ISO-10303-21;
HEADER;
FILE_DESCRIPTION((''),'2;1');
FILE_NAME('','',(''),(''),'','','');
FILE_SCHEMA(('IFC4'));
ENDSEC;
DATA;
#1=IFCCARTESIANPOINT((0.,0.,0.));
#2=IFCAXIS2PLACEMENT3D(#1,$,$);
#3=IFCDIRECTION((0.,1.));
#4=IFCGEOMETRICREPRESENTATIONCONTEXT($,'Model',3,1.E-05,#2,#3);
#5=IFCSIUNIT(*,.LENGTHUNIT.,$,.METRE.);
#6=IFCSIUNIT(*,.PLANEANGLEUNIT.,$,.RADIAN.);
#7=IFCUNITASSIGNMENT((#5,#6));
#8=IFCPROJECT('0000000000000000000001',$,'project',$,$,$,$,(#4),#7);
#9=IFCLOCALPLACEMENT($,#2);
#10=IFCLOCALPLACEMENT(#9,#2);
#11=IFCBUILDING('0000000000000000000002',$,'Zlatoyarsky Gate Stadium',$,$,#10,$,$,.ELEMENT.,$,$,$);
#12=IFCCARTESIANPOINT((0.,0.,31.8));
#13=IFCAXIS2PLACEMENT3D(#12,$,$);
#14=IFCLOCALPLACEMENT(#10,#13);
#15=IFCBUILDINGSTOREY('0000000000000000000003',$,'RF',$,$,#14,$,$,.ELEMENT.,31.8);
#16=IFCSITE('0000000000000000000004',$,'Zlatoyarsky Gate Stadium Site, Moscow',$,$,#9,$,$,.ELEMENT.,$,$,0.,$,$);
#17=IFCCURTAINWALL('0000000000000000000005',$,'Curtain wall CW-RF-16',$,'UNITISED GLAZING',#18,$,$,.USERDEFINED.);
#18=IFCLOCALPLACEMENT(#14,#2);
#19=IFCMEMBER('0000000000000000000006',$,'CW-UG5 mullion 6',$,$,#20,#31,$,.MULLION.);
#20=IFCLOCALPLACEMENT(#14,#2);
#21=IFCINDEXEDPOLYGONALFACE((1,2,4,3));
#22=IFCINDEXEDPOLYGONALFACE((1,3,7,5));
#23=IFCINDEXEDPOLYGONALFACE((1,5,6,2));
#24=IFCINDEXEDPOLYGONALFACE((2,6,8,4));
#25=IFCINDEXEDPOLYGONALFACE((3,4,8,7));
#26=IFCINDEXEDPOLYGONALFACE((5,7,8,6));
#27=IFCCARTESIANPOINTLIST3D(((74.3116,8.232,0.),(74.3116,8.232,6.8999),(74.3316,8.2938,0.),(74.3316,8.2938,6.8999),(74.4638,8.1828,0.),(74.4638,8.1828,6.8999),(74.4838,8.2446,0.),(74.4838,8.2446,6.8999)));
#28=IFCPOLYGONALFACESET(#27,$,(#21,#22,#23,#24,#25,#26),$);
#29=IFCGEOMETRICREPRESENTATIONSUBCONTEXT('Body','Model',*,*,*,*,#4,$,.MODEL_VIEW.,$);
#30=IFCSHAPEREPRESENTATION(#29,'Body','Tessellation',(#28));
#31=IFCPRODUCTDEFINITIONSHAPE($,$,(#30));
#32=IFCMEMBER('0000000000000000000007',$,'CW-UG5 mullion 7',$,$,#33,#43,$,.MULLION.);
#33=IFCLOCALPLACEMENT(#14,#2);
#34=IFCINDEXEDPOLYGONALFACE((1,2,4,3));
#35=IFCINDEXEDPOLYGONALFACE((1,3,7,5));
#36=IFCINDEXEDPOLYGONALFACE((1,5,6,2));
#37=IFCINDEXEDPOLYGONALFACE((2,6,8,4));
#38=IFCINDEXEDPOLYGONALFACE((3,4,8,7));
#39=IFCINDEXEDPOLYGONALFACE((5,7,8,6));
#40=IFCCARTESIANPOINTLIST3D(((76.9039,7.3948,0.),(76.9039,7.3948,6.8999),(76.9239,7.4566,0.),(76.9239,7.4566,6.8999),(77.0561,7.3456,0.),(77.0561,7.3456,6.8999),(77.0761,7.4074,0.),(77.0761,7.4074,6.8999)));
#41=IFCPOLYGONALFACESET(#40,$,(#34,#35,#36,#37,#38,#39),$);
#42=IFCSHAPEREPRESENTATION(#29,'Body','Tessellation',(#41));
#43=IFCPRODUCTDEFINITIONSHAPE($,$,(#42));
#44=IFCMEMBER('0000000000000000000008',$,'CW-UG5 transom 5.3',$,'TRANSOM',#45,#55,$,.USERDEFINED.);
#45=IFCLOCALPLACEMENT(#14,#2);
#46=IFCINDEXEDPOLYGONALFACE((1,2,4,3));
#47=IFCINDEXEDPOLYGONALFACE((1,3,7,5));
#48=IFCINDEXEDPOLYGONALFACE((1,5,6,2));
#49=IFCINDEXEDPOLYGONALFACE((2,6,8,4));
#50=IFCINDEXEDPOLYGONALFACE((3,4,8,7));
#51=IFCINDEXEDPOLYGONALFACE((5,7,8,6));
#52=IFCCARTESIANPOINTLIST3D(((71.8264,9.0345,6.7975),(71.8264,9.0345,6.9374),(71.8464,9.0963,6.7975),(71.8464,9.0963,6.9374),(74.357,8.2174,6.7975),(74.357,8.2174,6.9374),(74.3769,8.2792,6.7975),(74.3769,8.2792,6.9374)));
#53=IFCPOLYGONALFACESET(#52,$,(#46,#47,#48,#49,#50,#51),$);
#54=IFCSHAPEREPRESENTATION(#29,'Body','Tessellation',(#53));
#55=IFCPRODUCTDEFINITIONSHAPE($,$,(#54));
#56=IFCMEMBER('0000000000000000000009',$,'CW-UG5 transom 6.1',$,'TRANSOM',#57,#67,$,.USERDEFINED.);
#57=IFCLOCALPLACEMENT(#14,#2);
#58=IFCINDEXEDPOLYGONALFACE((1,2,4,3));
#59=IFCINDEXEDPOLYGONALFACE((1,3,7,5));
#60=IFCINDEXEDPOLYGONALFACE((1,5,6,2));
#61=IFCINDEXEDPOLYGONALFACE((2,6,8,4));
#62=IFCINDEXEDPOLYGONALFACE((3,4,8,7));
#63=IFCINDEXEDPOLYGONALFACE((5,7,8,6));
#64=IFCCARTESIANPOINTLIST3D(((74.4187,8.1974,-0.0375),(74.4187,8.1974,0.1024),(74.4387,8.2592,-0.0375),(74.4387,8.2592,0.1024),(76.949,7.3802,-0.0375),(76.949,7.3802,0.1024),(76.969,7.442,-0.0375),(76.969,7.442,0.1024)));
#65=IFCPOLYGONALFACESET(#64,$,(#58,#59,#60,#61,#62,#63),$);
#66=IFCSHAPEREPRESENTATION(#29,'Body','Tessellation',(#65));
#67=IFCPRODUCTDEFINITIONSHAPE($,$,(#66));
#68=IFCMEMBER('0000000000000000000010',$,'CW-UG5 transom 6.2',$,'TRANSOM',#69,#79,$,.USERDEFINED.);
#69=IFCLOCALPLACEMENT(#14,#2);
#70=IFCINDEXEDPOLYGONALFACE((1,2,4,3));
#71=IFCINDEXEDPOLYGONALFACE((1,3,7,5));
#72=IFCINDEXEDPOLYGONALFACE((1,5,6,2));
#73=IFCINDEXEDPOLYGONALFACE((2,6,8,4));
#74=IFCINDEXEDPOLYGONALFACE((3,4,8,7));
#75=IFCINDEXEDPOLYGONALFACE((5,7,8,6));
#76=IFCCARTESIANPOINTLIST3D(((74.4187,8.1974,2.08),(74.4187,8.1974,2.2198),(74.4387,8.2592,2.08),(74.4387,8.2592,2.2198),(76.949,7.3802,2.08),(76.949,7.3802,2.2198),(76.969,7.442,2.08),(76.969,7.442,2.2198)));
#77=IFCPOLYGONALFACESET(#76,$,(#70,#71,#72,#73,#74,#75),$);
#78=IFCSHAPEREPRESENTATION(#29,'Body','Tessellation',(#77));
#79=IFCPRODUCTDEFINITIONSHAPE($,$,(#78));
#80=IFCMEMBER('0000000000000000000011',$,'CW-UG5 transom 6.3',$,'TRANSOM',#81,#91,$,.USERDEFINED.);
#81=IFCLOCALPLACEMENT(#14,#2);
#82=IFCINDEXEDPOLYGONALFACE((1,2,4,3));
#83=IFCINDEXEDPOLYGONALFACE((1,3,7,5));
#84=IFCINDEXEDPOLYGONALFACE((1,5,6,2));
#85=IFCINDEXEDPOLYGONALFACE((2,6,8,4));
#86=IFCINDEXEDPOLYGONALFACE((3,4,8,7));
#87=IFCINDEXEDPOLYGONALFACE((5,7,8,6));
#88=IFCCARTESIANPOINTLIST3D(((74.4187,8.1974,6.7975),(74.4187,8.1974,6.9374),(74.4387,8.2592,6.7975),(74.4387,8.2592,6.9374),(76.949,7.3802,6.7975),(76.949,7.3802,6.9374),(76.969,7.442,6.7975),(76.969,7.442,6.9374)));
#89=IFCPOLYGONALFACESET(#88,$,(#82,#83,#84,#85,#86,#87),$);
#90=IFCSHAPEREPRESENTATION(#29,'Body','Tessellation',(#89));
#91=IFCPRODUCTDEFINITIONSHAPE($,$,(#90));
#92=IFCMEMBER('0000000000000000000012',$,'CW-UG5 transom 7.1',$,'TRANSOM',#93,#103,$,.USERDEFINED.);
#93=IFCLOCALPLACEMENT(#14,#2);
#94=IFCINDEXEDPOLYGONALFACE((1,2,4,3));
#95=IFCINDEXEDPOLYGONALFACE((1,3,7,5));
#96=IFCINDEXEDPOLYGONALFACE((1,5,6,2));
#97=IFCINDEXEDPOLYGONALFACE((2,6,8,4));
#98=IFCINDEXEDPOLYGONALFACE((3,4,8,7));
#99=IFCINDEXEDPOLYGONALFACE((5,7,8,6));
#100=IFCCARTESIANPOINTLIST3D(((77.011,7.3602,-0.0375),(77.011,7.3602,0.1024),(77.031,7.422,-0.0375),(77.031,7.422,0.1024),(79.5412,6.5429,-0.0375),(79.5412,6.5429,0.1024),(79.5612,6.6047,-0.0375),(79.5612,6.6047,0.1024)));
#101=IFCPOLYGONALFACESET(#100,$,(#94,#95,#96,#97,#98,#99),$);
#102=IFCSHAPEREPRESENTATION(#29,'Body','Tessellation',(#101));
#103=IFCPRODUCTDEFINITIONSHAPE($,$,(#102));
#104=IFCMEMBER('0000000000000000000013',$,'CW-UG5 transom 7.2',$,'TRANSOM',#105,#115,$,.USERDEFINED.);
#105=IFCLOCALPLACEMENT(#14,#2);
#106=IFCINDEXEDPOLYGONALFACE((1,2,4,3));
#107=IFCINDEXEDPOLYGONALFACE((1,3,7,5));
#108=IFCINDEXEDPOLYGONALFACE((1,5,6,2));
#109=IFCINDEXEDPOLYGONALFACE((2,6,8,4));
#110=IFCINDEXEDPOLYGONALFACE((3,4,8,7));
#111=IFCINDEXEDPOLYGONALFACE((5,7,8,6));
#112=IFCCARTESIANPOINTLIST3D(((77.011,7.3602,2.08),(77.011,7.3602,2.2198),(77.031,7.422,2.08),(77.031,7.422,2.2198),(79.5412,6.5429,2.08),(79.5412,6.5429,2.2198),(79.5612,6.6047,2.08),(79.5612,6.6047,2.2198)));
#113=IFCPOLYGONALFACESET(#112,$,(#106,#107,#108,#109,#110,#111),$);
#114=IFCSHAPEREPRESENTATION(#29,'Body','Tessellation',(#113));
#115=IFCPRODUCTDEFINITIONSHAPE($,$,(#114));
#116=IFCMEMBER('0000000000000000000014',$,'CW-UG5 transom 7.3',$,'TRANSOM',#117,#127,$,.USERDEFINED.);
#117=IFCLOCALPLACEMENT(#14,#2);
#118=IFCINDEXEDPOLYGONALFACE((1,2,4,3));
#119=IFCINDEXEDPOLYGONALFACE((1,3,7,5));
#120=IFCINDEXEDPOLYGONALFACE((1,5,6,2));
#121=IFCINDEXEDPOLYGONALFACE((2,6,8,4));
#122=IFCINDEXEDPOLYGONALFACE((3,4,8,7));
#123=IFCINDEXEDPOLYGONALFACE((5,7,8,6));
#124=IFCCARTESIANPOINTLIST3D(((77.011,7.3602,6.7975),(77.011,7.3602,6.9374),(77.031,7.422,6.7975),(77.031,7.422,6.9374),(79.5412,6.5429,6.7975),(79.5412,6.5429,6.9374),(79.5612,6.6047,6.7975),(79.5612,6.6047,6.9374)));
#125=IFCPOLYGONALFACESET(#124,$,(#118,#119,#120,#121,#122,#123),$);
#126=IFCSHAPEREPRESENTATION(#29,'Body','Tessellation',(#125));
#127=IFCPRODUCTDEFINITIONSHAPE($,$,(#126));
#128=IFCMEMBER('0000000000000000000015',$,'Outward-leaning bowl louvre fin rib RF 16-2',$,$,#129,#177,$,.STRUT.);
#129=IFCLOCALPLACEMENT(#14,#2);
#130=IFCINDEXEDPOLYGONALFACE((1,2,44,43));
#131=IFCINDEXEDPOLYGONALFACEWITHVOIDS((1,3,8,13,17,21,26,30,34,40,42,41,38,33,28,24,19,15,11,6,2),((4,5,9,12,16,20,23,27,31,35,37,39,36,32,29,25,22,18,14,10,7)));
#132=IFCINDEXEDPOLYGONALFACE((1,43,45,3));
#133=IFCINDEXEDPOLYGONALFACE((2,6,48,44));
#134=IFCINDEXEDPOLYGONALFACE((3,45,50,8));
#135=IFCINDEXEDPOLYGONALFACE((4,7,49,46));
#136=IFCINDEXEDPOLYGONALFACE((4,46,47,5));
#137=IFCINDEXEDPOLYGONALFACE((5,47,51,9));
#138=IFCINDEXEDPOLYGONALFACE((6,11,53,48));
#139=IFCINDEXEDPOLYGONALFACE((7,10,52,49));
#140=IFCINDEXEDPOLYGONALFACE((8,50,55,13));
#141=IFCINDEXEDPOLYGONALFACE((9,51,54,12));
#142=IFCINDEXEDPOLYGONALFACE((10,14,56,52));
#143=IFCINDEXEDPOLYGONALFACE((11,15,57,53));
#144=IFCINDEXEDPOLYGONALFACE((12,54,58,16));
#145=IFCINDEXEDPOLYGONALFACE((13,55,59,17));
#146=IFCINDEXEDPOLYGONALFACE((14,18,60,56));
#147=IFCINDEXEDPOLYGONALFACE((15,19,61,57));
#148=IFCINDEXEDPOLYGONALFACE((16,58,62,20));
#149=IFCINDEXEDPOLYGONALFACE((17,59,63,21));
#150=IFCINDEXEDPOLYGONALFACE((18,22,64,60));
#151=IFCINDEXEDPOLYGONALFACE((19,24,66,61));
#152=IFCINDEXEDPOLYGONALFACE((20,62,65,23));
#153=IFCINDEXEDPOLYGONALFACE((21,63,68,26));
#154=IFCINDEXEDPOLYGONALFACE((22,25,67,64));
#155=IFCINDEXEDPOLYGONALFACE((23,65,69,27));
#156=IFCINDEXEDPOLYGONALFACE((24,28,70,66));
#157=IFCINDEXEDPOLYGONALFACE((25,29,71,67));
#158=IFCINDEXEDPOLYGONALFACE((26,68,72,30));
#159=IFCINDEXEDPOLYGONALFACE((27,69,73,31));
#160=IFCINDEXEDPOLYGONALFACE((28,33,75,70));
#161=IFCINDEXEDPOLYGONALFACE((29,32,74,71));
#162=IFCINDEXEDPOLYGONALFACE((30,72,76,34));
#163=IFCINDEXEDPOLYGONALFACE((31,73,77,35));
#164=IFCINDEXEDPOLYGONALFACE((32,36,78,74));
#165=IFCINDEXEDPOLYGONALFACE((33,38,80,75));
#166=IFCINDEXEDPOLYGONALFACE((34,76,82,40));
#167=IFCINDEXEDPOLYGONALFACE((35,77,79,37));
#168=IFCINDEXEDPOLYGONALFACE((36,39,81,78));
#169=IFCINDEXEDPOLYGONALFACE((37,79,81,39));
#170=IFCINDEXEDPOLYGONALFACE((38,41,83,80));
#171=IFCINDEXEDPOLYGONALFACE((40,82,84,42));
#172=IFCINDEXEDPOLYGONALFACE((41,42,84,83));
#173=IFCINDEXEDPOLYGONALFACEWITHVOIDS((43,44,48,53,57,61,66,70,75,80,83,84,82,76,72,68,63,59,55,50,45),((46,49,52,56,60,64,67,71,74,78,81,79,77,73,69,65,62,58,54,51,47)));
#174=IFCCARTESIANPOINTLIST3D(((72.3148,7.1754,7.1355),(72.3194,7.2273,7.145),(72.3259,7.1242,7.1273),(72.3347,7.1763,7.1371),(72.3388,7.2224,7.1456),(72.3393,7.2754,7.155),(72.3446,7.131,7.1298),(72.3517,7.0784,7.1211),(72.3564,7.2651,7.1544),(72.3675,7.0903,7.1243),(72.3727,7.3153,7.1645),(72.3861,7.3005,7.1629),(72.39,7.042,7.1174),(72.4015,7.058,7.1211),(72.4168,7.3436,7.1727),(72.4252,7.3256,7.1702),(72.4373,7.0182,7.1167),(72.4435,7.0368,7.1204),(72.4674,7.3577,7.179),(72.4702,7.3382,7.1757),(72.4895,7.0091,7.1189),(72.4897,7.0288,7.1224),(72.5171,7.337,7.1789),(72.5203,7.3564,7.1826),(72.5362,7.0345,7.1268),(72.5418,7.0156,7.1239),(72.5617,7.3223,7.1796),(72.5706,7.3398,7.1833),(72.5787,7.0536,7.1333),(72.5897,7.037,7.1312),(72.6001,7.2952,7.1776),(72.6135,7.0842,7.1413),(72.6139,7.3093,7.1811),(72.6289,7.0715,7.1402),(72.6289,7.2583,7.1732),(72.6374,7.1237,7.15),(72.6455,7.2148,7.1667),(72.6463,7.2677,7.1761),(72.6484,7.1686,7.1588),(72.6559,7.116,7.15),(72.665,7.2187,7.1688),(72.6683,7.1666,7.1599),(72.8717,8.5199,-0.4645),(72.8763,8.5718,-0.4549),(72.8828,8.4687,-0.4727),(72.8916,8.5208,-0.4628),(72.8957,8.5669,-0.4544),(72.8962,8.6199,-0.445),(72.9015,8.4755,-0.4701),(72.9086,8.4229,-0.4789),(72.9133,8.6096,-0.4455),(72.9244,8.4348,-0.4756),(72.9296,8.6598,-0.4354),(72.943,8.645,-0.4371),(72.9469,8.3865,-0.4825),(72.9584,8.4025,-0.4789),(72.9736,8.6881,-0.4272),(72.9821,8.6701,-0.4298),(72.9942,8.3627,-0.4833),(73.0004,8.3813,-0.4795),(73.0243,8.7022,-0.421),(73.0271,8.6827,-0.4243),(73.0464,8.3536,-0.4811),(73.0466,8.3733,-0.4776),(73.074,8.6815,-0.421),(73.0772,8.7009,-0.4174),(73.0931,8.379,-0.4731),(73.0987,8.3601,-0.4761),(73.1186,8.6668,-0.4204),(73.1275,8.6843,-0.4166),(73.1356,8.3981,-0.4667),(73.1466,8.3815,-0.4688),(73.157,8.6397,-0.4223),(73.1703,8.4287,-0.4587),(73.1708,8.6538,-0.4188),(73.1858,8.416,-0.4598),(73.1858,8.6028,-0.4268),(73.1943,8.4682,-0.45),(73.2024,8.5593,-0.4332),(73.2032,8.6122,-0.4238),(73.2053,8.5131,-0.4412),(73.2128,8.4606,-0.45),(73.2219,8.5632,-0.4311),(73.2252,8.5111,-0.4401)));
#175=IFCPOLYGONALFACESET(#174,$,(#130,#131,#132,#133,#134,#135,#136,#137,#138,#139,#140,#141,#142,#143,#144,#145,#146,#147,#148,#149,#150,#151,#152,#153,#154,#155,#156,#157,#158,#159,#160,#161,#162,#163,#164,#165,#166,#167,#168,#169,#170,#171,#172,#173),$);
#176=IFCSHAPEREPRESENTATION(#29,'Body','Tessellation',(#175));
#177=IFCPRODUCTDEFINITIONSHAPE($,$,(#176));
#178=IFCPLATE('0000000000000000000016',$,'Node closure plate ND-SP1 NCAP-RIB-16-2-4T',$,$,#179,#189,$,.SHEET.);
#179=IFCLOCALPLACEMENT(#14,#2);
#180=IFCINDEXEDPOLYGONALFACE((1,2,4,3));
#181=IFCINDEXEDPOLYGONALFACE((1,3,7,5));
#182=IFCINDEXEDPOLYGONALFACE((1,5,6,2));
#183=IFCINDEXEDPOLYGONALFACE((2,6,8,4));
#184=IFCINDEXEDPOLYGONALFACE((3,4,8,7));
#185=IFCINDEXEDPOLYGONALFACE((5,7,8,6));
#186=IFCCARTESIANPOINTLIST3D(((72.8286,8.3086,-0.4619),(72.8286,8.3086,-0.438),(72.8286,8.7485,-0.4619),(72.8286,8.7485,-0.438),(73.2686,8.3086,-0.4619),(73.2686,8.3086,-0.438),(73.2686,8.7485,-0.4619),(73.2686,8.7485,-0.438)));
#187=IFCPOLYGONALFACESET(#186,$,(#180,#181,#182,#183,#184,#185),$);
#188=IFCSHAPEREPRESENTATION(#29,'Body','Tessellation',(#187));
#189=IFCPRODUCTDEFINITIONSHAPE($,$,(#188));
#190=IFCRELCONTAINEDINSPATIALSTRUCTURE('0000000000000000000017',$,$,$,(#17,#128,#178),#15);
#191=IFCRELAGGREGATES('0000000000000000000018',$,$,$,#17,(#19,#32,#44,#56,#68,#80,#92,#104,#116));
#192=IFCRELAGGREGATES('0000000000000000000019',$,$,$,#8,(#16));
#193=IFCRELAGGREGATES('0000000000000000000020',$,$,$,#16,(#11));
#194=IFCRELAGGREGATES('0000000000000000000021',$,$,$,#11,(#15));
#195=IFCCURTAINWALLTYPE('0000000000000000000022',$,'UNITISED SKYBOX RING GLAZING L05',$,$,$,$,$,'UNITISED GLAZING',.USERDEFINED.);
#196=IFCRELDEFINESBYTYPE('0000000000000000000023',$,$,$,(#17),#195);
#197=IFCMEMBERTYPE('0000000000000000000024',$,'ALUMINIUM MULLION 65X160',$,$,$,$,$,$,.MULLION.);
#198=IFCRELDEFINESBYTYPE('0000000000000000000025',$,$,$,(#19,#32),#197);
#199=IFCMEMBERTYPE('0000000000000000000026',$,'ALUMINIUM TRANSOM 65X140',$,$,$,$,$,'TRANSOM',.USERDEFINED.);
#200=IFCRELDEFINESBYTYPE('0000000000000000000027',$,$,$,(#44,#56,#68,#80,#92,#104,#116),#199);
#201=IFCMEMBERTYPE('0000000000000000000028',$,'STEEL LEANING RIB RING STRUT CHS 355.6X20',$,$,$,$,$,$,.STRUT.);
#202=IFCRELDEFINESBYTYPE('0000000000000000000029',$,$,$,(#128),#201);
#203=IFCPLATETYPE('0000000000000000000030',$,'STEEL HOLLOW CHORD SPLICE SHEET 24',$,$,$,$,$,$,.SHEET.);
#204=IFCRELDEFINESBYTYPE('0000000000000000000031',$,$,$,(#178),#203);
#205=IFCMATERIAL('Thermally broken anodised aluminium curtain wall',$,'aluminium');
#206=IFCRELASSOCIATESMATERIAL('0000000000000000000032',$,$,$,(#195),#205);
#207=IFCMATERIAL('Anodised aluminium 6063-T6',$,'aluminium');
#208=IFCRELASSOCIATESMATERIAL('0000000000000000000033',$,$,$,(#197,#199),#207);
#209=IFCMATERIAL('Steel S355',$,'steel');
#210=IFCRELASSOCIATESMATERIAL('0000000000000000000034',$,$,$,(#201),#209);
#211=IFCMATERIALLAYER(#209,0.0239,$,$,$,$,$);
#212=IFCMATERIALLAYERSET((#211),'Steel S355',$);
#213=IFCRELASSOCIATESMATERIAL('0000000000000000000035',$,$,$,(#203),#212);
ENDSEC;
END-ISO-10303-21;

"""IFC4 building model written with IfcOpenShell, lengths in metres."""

from ifc_helpers import new_model, si_unit, direction, frame, origin, origin_2d, place, context, subcontext, project, spatial, rectangle, hollow_circle, extrude, material, layer, layer_set, material_profile, profile_set, type_object, element, aggregate, save


model = new_model("IFC4")

# Units and contexts
model_context = context("Model", 3, precision=1e-05, world=origin(), true_north=direction((0.0, 1.0)))
body_context = subcontext(model_context, "Body", "Model", "MODEL_VIEW")
ifc_project = project(units=[si_unit("LENGTHUNIT", "METRE"), si_unit("PLANEANGLEUNIT", "RADIAN")], contexts=[model_context])

# Site, building, storey
site_placement = place(None, origin())
site = spatial("IfcSite", under=ifc_project, at=site_placement, Name="Zlatoyarsky Gate Stadium Site, Moscow", CompositionType="ELEMENT", RefElevation=0.0)
building_placement = place(site_placement, origin())
building = spatial("IfcBuilding", under=site, at=building_placement, Name="Zlatoyarsky Gate Stadium", CompositionType="ELEMENT")
storey_placement = place(building_placement, frame((0.0, 0.0, 31.8)))
storey = spatial("IfcBuildingStorey", under=building, at=storey_placement, Name="RF", CompositionType="ELEMENT", Elevation=31.8)

# Curtain wall, members
ifc_material_1 = material(Name="Thermally broken anodised aluminium curtain wall", Category="aluminium")
curtain_wall_type = type_object("IfcCurtainWallType", Name="UNITISED SKYBOX RING GLAZING L05", ElementType="UNITISED GLAZING", PredefinedType="USERDEFINED", material=ifc_material_1)
curtain_wall_placement = place(storey_placement, origin())
curtain_wall = element("IfcCurtainWall", 1, at=curtain_wall_placement, inside=storey, type_object=curtain_wall_type, Name="Curtain wall CW-RF-16", ObjectType="UNITISED GLAZING", PredefinedType="USERDEFINED")
ifc_material_2 = material(Name="Anodised aluminium 6063-T6", Category="aluminium")
ifc_material_profile_1 = material_profile(ifc_material_2, rectangle(XDim=0.0649, YDim=0.1599, at=origin_2d()), Name="ALU 65X160")
ifc_profile_set_1 = profile_set([ifc_material_profile_1], Name="Anodised aluminium 6063-T6")
member_type_1 = type_object("IfcMemberType", Name="ALUMINIUM MULLION 65X160", PredefinedType="MULLION", material=ifc_profile_set_1)
member_1_placement = place(storey_placement, frame((74.3977, 8.2383, 0.0), z_axis=(0.0, 0.0, 1.0), x_axis=(0.307352, 0.951596, 0.0)))
member_1 = element("IfcMember", 2, at=member_1_placement, type_object=member_type_1, Name="CW-UG5 mullion 6", PredefinedType="MULLION", context=body_context, shape_type="SweptSolid", body=[
    extrude(rectangle(XDim=0.0649, YDim=0.1599, at=origin_2d()), origin(), (0.0, 0.0, 1.0), 6.8999),
])
member_2_placement = place(storey_placement, frame((76.99, 7.4011, 0.0), z_axis=(0.0, 0.0, 1.0), x_axis=(0.307352, 0.951596, 0.0)))
member_2 = element("IfcMember", 3, at=member_2_placement, type_object=member_type_1, Name="CW-UG5 mullion 7", PredefinedType="MULLION", context=body_context, shape_type="SweptSolid", body=[
    extrude(rectangle(XDim=0.0649, YDim=0.1599, at=origin_2d()), origin(), (0.0, 0.0, 1.0), 6.8999),
])
ifc_material_profile_2 = material_profile(ifc_material_2, rectangle(XDim=0.0649, YDim=0.1399, at=origin_2d()), Name="ALU 65X140")
ifc_profile_set_2 = profile_set([ifc_material_profile_2], Name="Anodised aluminium 6063-T6")
member_type_2 = type_object("IfcMemberType", Name="ALUMINIUM TRANSOM 65X140", ElementType="TRANSOM", PredefinedType="USERDEFINED", material=ifc_profile_set_2)
member_3_placement = place(storey_placement, frame((71.8364, 9.0654, 6.8674), z_axis=(0.951616, -0.30729, 0.0), x_axis=(0.30729, 0.951616, 0.0)))
member_3 = element("IfcMember", 4, at=member_3_placement, type_object=member_type_2, Name="CW-UG5 transom 5.3", ObjectType="TRANSOM", PredefinedType="USERDEFINED", context=body_context, shape_type="SweptSolid", body=[
    extrude(rectangle(XDim=0.0649, YDim=0.1399, at=origin_2d()), origin(), (0.0, 0.0, 1.0), 2.6592),
])
member_4_placement = place(storey_placement, frame((74.4287, 8.2283, 0.0325), z_axis=(0.951607, -0.307317, 0.0), x_axis=(0.307317, 0.951607, 0.0)))
member_4 = element("IfcMember", 5, at=member_4_placement, type_object=member_type_2, Name="CW-UG5 transom 6.1", ObjectType="TRANSOM", PredefinedType="USERDEFINED", context=body_context, shape_type="SweptSolid", body=[
    extrude(rectangle(XDim=0.0649, YDim=0.1399, at=origin_2d()), origin(), (0.0, 0.0, 1.0), 2.6589),
])
member_5_placement = place(storey_placement, frame((74.4287, 8.2283, 2.1499), z_axis=(0.951607, -0.307317, 0.0), x_axis=(0.307317, 0.951607, 0.0)))
member_5 = element("IfcMember", 6, at=member_5_placement, type_object=member_type_2, Name="CW-UG5 transom 6.2", ObjectType="TRANSOM", PredefinedType="USERDEFINED", context=body_context, shape_type="SweptSolid", body=[
    extrude(rectangle(XDim=0.0649, YDim=0.1399, at=origin_2d()), origin(), (0.0, 0.0, 1.0), 2.6589),
])
member_6_placement = place(storey_placement, frame((74.4287, 8.2283, 6.8674), z_axis=(0.951607, -0.307317, 0.0), x_axis=(0.307317, 0.951607, 0.0)))
member_6 = element("IfcMember", 7, at=member_6_placement, type_object=member_type_2, Name="CW-UG5 transom 6.3", ObjectType="TRANSOM", PredefinedType="USERDEFINED", context=body_context, shape_type="SweptSolid", body=[
    extrude(rectangle(XDim=0.0649, YDim=0.1399, at=origin_2d()), origin(), (0.0, 0.0, 1.0), 2.6589),
])
member_7_placement = place(storey_placement, frame((77.021, 7.3911, 0.0325), z_axis=(0.95158, -0.3074, 0.0), x_axis=(0.3074, 0.95158, 0.0)))
member_7 = element("IfcMember", 8, at=member_7_placement, type_object=member_type_2, Name="CW-UG5 transom 7.1", ObjectType="TRANSOM", PredefinedType="USERDEFINED", context=body_context, shape_type="SweptSolid", body=[
    extrude(rectangle(XDim=0.0649, YDim=0.1399, at=origin_2d()), origin(), (0.0, 0.0, 1.0), 2.6589),
])
member_8_placement = place(storey_placement, frame((77.021, 7.3911, 2.1499), z_axis=(0.95158, -0.3074, 0.0), x_axis=(0.3074, 0.95158, 0.0)))
member_8 = element("IfcMember", 9, at=member_8_placement, type_object=member_type_2, Name="CW-UG5 transom 7.2", ObjectType="TRANSOM", PredefinedType="USERDEFINED", context=body_context, shape_type="SweptSolid", body=[
    extrude(rectangle(XDim=0.0649, YDim=0.1399, at=origin_2d()), origin(), (0.0, 0.0, 1.0), 2.6589),
])
member_9_placement = place(storey_placement, frame((77.021, 7.3911, 6.8674), z_axis=(0.95158, -0.3074, 0.0), x_axis=(0.3074, 0.95158, 0.0)))
member_9 = element("IfcMember", 10, at=member_9_placement, type_object=member_type_2, Name="CW-UG5 transom 7.3", ObjectType="TRANSOM", PredefinedType="USERDEFINED", context=body_context, shape_type="SweptSolid", body=[
    extrude(rectangle(XDim=0.0649, YDim=0.1399, at=origin_2d()), origin(), (0.0, 0.0, 1.0), 2.6589),
])

# Member
ifc_material_3 = material(Name="Steel S355", Category="steel")
ifc_material_profile_3 = material_profile(ifc_material_3, hollow_circle(Radius=0.1777, WallThickness=0.02, at=origin_2d()), Name="CHS 355.6X20")
ifc_profile_set_3 = profile_set([ifc_material_profile_3], Name="Steel S355")
member_type_3 = type_object("IfcMemberType", Name="STEEL LEANING RIB RING STRUT CHS 355.6X20", PredefinedType="STRUT", material=ifc_profile_set_3)
member_10_placement = place(storey_placement, frame((73.0486, 8.5286, -0.45), z_axis=(-0.071968, -0.173752, 0.982156), x_axis=(0.923884, -0.382673, 0.0)))
element("IfcMember", 11, at=member_10_placement, inside=storey, type_object=member_type_3, Name="Outward-leaning bowl louvre fin rib RF 16-2", PredefinedType="STRUT", context=body_context, shape_type="SweptSolid", body=[
    extrude(hollow_circle(Radius=0.1777, WallThickness=0.02, at=origin_2d()), origin(), (0.0, 0.0, 1.0), 7.738),
])

# Plate
ifc_layer_1 = layer(ifc_material_3, 0.0239)
ifc_layer_set_1 = layer_set([ifc_layer_1], Name="Steel S355")
plate_type_1 = type_object("IfcPlateType", Name="STEEL HOLLOW CHORD SPLICE SHEET 24", PredefinedType="SHEET", material=ifc_layer_set_1)
for number, where, z_axis, x_axis, name in (
    (12, (73.0486, 8.5286, -0.4619), (0.0, 0.0, 1.0), (1.0, 0.0, 0.0), "Node closure plate ND-SP1 NCAP-RIB-16-2-4T"),
):
    element("IfcPlate", number, at=place(storey_placement, frame(where, z_axis=z_axis, x_axis=x_axis)), inside=storey, type_object=plate_type_1, Name=name, PredefinedType="SHEET", context=body_context, shape_type="SweptSolid", body=[
        extrude(rectangle(XDim=0.4399, YDim=0.4399, at=origin_2d()), origin(), (0.0, 0.0, 1.0), 0.0239),
    ])

aggregate(curtain_wall, [member_1, member_2, member_3, member_4, member_5, member_6, member_7, member_8, member_9])

save(model, "model.ifc")
